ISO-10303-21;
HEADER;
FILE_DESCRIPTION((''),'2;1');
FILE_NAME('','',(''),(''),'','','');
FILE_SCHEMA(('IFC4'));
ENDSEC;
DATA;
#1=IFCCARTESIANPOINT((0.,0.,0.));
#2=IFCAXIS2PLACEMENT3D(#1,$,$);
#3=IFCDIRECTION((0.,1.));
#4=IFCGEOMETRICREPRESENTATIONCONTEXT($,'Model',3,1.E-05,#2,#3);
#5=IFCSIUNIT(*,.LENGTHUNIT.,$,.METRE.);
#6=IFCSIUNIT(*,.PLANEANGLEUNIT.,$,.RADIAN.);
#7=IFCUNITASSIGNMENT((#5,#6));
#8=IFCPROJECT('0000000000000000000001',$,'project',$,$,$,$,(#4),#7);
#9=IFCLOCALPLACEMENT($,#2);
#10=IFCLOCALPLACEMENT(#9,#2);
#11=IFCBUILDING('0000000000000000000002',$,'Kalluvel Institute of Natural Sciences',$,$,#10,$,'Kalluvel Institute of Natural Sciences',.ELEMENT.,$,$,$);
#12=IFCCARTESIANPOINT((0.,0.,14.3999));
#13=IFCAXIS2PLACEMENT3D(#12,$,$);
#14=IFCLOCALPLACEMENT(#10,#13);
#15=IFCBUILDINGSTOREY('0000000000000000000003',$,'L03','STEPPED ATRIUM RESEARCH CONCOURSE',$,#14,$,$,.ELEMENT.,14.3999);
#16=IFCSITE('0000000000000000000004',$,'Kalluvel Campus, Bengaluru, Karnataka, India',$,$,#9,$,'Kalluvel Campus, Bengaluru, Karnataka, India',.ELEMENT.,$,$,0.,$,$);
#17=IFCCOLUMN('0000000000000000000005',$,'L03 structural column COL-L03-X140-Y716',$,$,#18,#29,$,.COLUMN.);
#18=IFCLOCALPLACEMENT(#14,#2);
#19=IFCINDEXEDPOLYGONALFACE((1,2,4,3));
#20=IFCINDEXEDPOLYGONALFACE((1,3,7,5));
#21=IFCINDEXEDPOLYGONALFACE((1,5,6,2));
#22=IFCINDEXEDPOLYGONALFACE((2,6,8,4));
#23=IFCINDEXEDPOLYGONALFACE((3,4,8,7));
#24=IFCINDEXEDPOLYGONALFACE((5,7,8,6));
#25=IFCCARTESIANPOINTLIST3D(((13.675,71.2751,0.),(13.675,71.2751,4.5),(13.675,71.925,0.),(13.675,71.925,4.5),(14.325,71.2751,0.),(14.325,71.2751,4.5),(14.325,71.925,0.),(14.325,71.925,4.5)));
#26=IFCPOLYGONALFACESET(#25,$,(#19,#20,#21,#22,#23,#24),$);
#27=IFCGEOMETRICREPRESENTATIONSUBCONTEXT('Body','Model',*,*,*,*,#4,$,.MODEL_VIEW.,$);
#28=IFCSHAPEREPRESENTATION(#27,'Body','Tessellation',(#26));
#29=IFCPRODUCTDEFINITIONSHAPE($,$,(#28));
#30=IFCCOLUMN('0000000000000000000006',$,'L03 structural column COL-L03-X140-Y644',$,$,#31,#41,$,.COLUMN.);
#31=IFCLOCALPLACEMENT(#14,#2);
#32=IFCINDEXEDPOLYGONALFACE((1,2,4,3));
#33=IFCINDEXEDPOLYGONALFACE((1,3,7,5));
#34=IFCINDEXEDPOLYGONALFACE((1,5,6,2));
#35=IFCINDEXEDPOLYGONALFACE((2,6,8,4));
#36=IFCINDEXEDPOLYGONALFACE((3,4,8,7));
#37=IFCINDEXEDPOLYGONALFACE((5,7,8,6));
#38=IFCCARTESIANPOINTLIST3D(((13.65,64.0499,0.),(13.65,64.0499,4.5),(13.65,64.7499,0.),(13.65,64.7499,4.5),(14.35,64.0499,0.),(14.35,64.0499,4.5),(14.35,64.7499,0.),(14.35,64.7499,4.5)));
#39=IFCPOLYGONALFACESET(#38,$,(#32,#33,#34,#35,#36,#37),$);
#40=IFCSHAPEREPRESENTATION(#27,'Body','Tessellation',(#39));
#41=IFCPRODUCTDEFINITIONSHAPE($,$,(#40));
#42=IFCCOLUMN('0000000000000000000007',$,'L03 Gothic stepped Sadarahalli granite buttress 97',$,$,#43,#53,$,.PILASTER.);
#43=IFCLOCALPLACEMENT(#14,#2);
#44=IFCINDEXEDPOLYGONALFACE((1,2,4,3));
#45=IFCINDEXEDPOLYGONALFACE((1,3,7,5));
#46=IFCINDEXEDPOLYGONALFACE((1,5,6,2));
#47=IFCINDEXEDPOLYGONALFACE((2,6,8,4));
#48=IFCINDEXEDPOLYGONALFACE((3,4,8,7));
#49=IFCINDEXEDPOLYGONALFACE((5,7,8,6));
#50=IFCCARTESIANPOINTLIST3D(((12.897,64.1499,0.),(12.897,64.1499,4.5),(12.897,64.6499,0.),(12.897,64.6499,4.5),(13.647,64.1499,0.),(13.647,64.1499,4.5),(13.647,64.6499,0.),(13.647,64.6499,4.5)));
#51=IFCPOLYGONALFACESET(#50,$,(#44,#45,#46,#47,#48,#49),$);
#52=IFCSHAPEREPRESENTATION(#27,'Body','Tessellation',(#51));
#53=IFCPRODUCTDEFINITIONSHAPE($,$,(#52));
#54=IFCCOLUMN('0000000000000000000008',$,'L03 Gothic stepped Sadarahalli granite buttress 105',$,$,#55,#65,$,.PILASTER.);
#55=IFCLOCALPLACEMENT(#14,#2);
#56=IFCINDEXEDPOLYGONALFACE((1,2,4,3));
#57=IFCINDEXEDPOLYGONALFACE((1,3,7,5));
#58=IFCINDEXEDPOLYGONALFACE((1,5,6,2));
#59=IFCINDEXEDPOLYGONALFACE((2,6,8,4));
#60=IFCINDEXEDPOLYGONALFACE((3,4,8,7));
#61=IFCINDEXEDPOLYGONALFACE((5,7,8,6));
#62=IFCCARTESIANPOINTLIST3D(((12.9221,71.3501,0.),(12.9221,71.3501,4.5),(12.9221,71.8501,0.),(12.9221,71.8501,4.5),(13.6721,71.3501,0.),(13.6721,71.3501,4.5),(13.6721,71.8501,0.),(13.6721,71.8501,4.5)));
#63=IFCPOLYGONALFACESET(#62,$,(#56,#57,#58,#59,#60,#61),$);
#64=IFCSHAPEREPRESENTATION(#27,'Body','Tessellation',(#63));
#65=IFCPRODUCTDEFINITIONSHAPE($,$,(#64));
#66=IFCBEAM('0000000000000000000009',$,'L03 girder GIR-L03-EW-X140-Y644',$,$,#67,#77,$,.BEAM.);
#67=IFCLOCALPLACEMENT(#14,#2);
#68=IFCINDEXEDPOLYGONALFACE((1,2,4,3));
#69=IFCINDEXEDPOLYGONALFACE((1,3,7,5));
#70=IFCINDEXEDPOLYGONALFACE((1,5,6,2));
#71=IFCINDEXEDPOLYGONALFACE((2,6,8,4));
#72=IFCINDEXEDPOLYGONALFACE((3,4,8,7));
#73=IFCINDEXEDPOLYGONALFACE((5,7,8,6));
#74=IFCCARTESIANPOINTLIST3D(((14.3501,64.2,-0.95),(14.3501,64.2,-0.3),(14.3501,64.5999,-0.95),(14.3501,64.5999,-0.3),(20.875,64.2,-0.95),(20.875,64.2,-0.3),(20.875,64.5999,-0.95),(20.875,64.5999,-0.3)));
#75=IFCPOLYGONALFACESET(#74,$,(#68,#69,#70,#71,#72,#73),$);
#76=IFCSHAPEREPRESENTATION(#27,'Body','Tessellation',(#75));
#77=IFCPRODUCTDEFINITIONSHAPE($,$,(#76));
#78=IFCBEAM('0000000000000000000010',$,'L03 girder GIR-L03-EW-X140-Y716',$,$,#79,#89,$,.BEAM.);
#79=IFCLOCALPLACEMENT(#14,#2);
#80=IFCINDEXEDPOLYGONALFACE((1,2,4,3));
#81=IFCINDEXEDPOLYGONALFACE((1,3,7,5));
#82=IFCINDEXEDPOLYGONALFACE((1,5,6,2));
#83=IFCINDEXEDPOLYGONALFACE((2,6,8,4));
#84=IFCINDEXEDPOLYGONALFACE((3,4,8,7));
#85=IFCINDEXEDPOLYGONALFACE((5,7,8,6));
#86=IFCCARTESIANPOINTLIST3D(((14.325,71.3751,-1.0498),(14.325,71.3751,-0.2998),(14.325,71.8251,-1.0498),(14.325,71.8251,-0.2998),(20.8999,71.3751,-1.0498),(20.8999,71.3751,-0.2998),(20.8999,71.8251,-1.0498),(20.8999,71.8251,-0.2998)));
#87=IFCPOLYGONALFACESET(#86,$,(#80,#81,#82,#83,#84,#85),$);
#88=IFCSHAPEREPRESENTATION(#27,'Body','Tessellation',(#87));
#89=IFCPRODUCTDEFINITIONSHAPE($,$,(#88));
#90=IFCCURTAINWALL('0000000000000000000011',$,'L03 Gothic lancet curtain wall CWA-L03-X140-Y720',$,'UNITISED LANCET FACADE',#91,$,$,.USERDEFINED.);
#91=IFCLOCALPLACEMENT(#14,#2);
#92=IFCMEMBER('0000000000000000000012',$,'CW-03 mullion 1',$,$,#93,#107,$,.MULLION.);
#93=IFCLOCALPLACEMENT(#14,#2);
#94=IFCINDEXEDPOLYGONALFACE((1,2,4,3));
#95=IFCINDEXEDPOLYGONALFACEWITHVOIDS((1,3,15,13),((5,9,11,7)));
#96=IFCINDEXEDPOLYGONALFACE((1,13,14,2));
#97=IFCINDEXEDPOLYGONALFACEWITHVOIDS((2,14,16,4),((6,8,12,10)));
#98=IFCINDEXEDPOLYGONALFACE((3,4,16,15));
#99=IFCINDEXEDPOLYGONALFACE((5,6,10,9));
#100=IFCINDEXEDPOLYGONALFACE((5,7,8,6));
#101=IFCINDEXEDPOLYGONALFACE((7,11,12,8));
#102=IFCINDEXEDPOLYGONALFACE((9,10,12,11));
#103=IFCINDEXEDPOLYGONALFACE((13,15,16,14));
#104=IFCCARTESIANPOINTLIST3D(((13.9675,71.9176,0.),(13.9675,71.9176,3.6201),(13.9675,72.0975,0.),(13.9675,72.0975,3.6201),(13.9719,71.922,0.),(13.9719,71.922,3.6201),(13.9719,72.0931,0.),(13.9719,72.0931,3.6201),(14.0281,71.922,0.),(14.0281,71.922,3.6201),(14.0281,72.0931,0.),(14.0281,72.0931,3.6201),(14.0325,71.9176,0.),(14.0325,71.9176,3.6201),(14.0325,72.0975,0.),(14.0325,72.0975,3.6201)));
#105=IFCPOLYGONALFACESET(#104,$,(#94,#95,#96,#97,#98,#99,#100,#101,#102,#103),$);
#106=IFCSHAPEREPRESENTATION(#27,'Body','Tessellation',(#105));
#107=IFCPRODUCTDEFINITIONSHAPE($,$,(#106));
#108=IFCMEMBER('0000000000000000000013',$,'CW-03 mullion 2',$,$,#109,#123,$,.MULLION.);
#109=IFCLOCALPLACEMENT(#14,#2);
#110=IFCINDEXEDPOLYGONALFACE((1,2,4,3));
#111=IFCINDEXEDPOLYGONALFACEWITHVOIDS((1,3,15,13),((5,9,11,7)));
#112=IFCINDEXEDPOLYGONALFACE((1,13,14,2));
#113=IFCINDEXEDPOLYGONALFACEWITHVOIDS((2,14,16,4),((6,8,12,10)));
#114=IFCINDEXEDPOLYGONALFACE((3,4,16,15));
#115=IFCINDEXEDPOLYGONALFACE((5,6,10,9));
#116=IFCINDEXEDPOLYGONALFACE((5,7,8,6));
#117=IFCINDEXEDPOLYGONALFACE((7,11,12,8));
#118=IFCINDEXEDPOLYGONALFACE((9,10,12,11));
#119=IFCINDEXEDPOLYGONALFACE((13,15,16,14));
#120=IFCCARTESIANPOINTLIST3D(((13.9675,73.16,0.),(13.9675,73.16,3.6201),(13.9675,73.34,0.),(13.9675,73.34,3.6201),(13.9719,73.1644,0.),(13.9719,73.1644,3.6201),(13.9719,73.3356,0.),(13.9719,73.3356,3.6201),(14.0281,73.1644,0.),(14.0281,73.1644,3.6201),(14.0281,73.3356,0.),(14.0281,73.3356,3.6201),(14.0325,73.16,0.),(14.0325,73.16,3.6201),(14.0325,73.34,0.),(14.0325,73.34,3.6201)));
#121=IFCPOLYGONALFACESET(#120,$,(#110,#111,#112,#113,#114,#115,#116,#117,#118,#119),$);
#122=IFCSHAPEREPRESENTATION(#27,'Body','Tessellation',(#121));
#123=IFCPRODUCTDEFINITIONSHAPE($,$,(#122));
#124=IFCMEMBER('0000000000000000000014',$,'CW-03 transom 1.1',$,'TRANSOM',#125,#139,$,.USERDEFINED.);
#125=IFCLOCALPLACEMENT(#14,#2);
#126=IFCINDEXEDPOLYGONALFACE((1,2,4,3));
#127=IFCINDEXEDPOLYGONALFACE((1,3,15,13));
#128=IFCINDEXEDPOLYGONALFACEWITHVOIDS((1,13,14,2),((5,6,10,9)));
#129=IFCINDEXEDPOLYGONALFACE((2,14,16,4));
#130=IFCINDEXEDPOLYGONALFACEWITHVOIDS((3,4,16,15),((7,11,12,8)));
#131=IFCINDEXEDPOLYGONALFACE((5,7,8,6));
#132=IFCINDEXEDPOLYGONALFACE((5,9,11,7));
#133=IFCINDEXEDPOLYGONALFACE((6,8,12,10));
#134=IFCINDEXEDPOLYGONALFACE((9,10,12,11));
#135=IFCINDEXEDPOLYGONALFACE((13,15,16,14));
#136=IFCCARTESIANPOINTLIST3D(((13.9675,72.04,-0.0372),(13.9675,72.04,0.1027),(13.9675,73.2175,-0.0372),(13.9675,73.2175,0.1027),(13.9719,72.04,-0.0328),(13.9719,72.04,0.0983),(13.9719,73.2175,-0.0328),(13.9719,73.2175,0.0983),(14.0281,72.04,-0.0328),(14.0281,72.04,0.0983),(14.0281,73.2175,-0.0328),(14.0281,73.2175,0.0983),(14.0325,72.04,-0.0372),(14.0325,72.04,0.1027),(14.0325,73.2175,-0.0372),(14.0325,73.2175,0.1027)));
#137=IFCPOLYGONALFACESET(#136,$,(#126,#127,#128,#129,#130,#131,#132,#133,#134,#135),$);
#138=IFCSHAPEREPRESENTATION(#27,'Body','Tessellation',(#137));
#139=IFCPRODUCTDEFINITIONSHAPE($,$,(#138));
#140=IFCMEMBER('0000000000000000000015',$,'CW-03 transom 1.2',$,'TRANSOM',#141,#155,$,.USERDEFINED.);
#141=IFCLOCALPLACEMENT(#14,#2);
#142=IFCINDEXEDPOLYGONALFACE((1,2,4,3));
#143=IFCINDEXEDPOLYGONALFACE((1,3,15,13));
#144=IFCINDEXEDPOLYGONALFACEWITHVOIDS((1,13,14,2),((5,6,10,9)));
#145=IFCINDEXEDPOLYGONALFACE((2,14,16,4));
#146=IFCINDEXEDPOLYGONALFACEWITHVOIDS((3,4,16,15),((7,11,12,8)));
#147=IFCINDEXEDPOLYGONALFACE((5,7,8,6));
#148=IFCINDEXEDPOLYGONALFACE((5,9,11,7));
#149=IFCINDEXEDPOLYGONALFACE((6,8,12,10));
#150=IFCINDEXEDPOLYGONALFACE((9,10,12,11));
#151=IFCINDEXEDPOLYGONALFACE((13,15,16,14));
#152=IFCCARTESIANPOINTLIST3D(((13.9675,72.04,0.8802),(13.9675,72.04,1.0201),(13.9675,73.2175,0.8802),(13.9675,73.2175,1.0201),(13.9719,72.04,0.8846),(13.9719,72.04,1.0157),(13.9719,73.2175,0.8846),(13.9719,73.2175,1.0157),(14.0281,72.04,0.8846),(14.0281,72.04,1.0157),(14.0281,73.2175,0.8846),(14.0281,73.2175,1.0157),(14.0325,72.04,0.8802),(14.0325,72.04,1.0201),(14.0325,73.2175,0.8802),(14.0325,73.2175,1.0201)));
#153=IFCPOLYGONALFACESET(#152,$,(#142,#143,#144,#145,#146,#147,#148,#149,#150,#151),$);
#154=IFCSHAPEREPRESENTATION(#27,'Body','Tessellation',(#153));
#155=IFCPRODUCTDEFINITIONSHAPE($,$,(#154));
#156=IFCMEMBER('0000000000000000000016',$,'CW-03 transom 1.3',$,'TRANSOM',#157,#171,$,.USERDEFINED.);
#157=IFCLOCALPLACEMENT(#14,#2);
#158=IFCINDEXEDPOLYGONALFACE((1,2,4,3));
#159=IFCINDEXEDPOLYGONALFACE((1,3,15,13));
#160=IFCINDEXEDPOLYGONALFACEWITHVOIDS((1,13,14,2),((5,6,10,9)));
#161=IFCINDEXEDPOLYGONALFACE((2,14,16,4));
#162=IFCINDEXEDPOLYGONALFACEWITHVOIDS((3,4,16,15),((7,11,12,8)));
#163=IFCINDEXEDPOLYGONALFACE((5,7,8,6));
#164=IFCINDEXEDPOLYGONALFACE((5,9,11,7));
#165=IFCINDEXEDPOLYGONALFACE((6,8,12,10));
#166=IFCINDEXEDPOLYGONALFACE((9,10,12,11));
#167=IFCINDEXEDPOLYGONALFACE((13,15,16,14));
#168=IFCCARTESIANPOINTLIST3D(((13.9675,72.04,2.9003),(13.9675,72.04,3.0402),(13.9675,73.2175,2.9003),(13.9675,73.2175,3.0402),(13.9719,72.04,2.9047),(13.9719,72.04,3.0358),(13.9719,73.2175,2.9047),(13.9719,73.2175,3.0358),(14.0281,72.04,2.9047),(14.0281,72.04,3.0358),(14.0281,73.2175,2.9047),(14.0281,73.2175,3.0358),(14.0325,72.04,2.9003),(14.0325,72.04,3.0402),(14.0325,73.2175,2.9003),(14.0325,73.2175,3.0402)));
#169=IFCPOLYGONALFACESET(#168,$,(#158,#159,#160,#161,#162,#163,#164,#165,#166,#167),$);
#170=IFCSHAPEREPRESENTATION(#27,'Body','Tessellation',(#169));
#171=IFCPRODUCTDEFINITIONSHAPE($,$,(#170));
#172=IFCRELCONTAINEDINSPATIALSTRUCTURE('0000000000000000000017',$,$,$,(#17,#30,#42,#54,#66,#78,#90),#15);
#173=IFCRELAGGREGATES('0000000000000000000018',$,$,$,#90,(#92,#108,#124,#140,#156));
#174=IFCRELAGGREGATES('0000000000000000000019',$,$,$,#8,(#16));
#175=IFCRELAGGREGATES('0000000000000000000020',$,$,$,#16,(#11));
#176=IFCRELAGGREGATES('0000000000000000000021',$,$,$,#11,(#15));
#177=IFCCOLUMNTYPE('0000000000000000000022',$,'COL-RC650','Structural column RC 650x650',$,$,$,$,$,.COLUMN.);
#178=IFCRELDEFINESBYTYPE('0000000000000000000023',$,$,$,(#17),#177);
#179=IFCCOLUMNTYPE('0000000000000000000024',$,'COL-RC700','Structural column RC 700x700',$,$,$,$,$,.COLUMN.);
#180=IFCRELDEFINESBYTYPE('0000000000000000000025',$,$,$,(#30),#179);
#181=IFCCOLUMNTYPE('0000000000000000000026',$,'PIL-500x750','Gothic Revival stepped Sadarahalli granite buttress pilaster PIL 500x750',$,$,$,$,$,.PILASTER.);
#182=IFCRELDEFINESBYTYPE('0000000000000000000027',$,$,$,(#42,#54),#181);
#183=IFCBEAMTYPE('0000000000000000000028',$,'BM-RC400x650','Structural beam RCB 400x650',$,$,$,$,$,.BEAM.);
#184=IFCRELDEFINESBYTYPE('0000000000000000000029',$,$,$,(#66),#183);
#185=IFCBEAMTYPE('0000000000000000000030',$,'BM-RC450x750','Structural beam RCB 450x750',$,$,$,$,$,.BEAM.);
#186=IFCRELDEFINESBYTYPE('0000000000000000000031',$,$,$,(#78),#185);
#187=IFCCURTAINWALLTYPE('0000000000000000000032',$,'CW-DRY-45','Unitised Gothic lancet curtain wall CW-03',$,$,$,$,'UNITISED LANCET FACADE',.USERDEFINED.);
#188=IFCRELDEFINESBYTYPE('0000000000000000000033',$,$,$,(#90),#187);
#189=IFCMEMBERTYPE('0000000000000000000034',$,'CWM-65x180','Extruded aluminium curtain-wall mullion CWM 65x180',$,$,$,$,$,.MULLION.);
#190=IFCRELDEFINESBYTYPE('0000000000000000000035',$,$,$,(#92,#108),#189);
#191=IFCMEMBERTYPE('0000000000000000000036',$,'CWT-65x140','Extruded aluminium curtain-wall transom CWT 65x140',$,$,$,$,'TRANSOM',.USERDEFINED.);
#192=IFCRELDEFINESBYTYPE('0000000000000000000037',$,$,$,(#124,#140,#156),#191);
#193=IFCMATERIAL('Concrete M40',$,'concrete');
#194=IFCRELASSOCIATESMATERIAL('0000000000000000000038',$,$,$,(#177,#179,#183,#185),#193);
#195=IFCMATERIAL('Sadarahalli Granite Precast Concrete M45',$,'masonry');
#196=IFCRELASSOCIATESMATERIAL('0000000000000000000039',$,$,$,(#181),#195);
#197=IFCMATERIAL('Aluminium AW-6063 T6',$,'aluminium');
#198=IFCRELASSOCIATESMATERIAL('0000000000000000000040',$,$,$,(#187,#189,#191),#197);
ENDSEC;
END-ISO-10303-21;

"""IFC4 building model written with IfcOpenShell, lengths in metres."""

from ifc_helpers import new_model, si_unit, direction, frame, origin, origin_2d, place, context, subcontext, project, spatial, rectangle, hollow_rectangle, extrude, material, material_profile, profile_set, type_object, element, aggregate, save


model = new_model("IFC4")

# Units and contexts
model_context = context("Model", 3, precision=1e-05, world=origin(), true_north=direction((0.0, 1.0)))
body_context = subcontext(model_context, "Body", "Model", "MODEL_VIEW")
ifc_project = project(units=[si_unit("LENGTHUNIT", "METRE"), si_unit("PLANEANGLEUNIT", "RADIAN")], contexts=[model_context])

# Site, building, storey
site_placement = place(None, origin())
site = spatial("IfcSite", under=ifc_project, at=site_placement, Name="Kalluvel Campus, Bengaluru, Karnataka, India", LongName="Kalluvel Campus, Bengaluru, Karnataka, India", CompositionType="ELEMENT", RefElevation=0.0)
building_placement = place(site_placement, origin())
building = spatial("IfcBuilding", under=site, at=building_placement, Name="Kalluvel Institute of Natural Sciences", LongName="Kalluvel Institute of Natural Sciences", CompositionType="ELEMENT")
storey_placement = place(building_placement, frame((0.0, 0.0, 14.3999)))
storey = spatial("IfcBuildingStorey", under=building, at=storey_placement, Name="L03", Description="STEPPED ATRIUM RESEARCH CONCOURSE", CompositionType="ELEMENT", Elevation=14.3999)

# Columns
ifc_material_1 = material(Name="Concrete M40", Category="concrete")
ifc_material_profile_1 = material_profile(ifc_material_1, rectangle(XDim=0.6499, YDim=0.6499, at=origin_2d()), Name="RC 650x650")
ifc_profile_set_1 = profile_set([ifc_material_profile_1], Name="Concrete M40")
column_type_1 = type_object("IfcColumnType", Name="COL-RC650", Description="Structural column RC 650x650", PredefinedType="COLUMN", material=ifc_profile_set_1)
column_1_placement = place(storey_placement, frame((14.0, 71.6001, 0.0), z_axis=(0.0, 0.0, 1.0), x_axis=(1.0, 0.0, 0.0)))
element("IfcColumn", 1, at=column_1_placement, inside=storey, type_object=column_type_1, Name="L03 structural column COL-L03-X140-Y716", PredefinedType="COLUMN", context=body_context, shape_type="SweptSolid", body=[
    extrude(rectangle(XDim=0.6499, YDim=0.6499, at=origin_2d()), origin(), (0.0, 0.0, 1.0), 4.5),
])
ifc_material_profile_2 = material_profile(ifc_material_1, rectangle(XDim=0.7, YDim=0.7, at=origin_2d()), Name="RC 700x700")
ifc_profile_set_2 = profile_set([ifc_material_profile_2], Name="Concrete M40")
column_type_2 = type_object("IfcColumnType", Name="COL-RC700", Description="Structural column RC 700x700", PredefinedType="COLUMN", material=ifc_profile_set_2)
column_2_placement = place(storey_placement, frame((14.0, 64.3999, 0.0), z_axis=(0.0, 0.0, 1.0), x_axis=(1.0, 0.0, 0.0)))
element("IfcColumn", 2, at=column_2_placement, inside=storey, type_object=column_type_2, Name="L03 structural column COL-L03-X140-Y644", PredefinedType="COLUMN", context=body_context, shape_type="SweptSolid", body=[
    extrude(rectangle(XDim=0.7, YDim=0.7, at=origin_2d()), origin(), (0.0, 0.0, 1.0), 4.5),
])
ifc_material_2 = material(Name="Sadarahalli Granite Precast Concrete M45", Category="masonry")
ifc_material_profile_3 = material_profile(ifc_material_2, rectangle(XDim=0.5, YDim=0.75, at=origin_2d()), Name="PIL 500x750")
ifc_profile_set_3 = profile_set([ifc_material_profile_3], Name="Sadarahalli Granite Precast Concrete M45")
column_type_3 = type_object("IfcColumnType", Name="PIL-500x750", Description="Gothic Revival stepped Sadarahalli granite buttress pilaster PIL 500x750", PredefinedType="PILASTER", material=ifc_profile_set_3)
for number, where, z_axis, x_axis, name in (
    (3, (13.272, 64.3999, 0.0), (0.0, 0.0, 1.0), (0.0, 1.0, 0.0), "L03 Gothic stepped Sadarahalli granite buttress 97"),
    (4, (13.2971, 71.6001, 0.0), (0.0, 0.0, 1.0), (0.0, 1.0, 0.0), "L03 Gothic stepped Sadarahalli granite buttress 105"),
):
    element("IfcColumn", number, at=place(storey_placement, frame(where, z_axis=z_axis, x_axis=x_axis)), inside=storey, type_object=column_type_3, Name=name, PredefinedType="PILASTER", context=body_context, shape_type="SweptSolid", body=[
        extrude(rectangle(XDim=0.5, YDim=0.75, at=origin_2d()), origin(), (0.0, 0.0, 1.0), 4.5),
    ])

# Beams
ifc_material_profile_4 = material_profile(ifc_material_1, rectangle(XDim=0.3999, YDim=0.6499, at=origin_2d()), Name="RCB 400x650")
ifc_profile_set_4 = profile_set([ifc_material_profile_4], Name="Concrete M40")
beam_type_1 = type_object("IfcBeamType", Name="BM-RC400x650", Description="Structural beam RCB 400x650", PredefinedType="BEAM", material=ifc_profile_set_4)
beam_1_placement = place(storey_placement, frame((14.3501, 64.3999, -0.625), z_axis=(1.0, 0.0, 0.0), x_axis=(0.0, 1.0, 0.0)))
element("IfcBeam", 5, at=beam_1_placement, inside=storey, type_object=beam_type_1, Name="L03 girder GIR-L03-EW-X140-Y644", PredefinedType="BEAM", context=body_context, shape_type="SweptSolid", body=[
    extrude(rectangle(XDim=0.3999, YDim=0.6499, at=origin_2d()), origin(), (0.0, 0.0, 1.0), 6.5249),
])
ifc_material_profile_5 = material_profile(ifc_material_1, rectangle(XDim=0.45, YDim=0.75, at=origin_2d()), Name="RCB 450x750")
ifc_profile_set_5 = profile_set([ifc_material_profile_5], Name="Concrete M40")
beam_type_2 = type_object("IfcBeamType", Name="BM-RC450x750", Description="Structural beam RCB 450x750", PredefinedType="BEAM", material=ifc_profile_set_5)
beam_2_placement = place(storey_placement, frame((14.325, 71.6001, -0.6748), z_axis=(1.0, 0.0, 0.0), x_axis=(0.0, 1.0, 0.0)))
element("IfcBeam", 6, at=beam_2_placement, inside=storey, type_object=beam_type_2, Name="L03 girder GIR-L03-EW-X140-Y716", PredefinedType="BEAM", context=body_context, shape_type="SweptSolid", body=[
    extrude(rectangle(XDim=0.45, YDim=0.75, at=origin_2d()), origin(), (0.0, 0.0, 1.0), 6.575),
])

# Curtain wall, members
ifc_material_3 = material(Name="Aluminium AW-6063 T6", Category="aluminium")
curtain_wall_type = type_object("IfcCurtainWallType", Name="CW-DRY-45", Description="Unitised Gothic lancet curtain wall CW-03", ElementType="UNITISED LANCET FACADE", PredefinedType="USERDEFINED", material=ifc_material_3)
curtain_wall_placement = place(storey_placement, origin())
curtain_wall = element("IfcCurtainWall", 7, at=curtain_wall_placement, inside=storey, type_object=curtain_wall_type, Name="L03 Gothic lancet curtain wall CWA-L03-X140-Y720", ObjectType="UNITISED LANCET FACADE", PredefinedType="USERDEFINED")
ifc_material_profile_6 = material_profile(ifc_material_3, hollow_rectangle(XDim=0.0649, YDim=0.1799, WallThickness=0.0044, at=origin_2d()), Name="CWM 65x180")
ifc_profile_set_6 = profile_set([ifc_material_profile_6], Name="Aluminium AW-6063 T6")
member_type_1 = type_object("IfcMemberType", Name="CWM-65x180", Description="Extruded aluminium curtain-wall mullion CWM 65x180", PredefinedType="MULLION", material=ifc_profile_set_6)
member_1_placement = place(storey_placement, frame((14.0, 72.0076, 0.0), z_axis=(0.0, 0.0, 1.0), x_axis=(-1.0, 0.0, 0.0)))
member_1 = element("IfcMember", 8, at=member_1_placement, type_object=member_type_1, Name="CW-03 mullion 1", PredefinedType="MULLION", context=body_context, shape_type="SweptSolid", body=[
    extrude(hollow_rectangle(XDim=0.0649, YDim=0.1799, WallThickness=0.0044, at=origin_2d()), origin(), (0.0, 0.0, 1.0), 3.6201),
])
member_2_placement = place(storey_placement, frame((14.0, 73.25, 0.0), z_axis=(0.0, 0.0, 1.0), x_axis=(-1.0, 0.0, 0.0)))
member_2 = element("IfcMember", 9, at=member_2_placement, type_object=member_type_1, Name="CW-03 mullion 2", PredefinedType="MULLION", context=body_context, shape_type="SweptSolid", body=[
    extrude(hollow_rectangle(XDim=0.0649, YDim=0.1799, WallThickness=0.0044, at=origin_2d()), origin(), (0.0, 0.0, 1.0), 3.6201),
])
ifc_material_profile_7 = material_profile(ifc_material_3, hollow_rectangle(XDim=0.0649, YDim=0.1399, WallThickness=0.0044, at=origin_2d()), Name="CWT 65x140")
ifc_profile_set_7 = profile_set([ifc_material_profile_7], Name="Aluminium AW-6063 T6")
member_type_2 = type_object("IfcMemberType", Name="CWT-65x140", Description="Extruded aluminium curtain-wall transom CWT 65x140", ElementType="TRANSOM", PredefinedType="USERDEFINED", material=ifc_profile_set_7)
member_3_placement = place(storey_placement, frame((14.0, 72.04, 0.0327), z_axis=(0.0, 1.0, 0.0), x_axis=(-1.0, 0.0, 0.0)))
member_3 = element("IfcMember", 10, at=member_3_placement, type_object=member_type_2, Name="CW-03 transom 1.1", ObjectType="TRANSOM", PredefinedType="USERDEFINED", context=body_context, shape_type="SweptSolid", body=[
    extrude(hollow_rectangle(XDim=0.0649, YDim=0.1399, WallThickness=0.0044, at=origin_2d()), origin(), (0.0, 0.0, 1.0), 1.1775),
])
member_4_placement = place(storey_placement, frame((14.0, 72.04, 0.9502), z_axis=(0.0, 1.0, 0.0), x_axis=(-1.0, 0.0, 0.0)))
member_4 = element("IfcMember", 11, at=member_4_placement, type_object=member_type_2, Name="CW-03 transom 1.2", ObjectType="TRANSOM", PredefinedType="USERDEFINED", context=body_context, shape_type="SweptSolid", body=[
    extrude(hollow_rectangle(XDim=0.0649, YDim=0.1399, WallThickness=0.0044, at=origin_2d()), origin(), (0.0, 0.0, 1.0), 1.1775),
])
member_5_placement = place(storey_placement, frame((14.0, 72.04, 2.9702), z_axis=(0.0, 1.0, 0.0), x_axis=(-1.0, 0.0, 0.0)))
member_5 = element("IfcMember", 12, at=member_5_placement, type_object=member_type_2, Name="CW-03 transom 1.3", ObjectType="TRANSOM", PredefinedType="USERDEFINED", context=body_context, shape_type="SweptSolid", body=[
    extrude(hollow_rectangle(XDim=0.0649, YDim=0.1399, WallThickness=0.0044, at=origin_2d()), origin(), (0.0, 0.0, 1.0), 1.1775),
])

aggregate(curtain_wall, [member_1, member_2, member_3, member_4, member_5])

save(model, "model.ifc")
